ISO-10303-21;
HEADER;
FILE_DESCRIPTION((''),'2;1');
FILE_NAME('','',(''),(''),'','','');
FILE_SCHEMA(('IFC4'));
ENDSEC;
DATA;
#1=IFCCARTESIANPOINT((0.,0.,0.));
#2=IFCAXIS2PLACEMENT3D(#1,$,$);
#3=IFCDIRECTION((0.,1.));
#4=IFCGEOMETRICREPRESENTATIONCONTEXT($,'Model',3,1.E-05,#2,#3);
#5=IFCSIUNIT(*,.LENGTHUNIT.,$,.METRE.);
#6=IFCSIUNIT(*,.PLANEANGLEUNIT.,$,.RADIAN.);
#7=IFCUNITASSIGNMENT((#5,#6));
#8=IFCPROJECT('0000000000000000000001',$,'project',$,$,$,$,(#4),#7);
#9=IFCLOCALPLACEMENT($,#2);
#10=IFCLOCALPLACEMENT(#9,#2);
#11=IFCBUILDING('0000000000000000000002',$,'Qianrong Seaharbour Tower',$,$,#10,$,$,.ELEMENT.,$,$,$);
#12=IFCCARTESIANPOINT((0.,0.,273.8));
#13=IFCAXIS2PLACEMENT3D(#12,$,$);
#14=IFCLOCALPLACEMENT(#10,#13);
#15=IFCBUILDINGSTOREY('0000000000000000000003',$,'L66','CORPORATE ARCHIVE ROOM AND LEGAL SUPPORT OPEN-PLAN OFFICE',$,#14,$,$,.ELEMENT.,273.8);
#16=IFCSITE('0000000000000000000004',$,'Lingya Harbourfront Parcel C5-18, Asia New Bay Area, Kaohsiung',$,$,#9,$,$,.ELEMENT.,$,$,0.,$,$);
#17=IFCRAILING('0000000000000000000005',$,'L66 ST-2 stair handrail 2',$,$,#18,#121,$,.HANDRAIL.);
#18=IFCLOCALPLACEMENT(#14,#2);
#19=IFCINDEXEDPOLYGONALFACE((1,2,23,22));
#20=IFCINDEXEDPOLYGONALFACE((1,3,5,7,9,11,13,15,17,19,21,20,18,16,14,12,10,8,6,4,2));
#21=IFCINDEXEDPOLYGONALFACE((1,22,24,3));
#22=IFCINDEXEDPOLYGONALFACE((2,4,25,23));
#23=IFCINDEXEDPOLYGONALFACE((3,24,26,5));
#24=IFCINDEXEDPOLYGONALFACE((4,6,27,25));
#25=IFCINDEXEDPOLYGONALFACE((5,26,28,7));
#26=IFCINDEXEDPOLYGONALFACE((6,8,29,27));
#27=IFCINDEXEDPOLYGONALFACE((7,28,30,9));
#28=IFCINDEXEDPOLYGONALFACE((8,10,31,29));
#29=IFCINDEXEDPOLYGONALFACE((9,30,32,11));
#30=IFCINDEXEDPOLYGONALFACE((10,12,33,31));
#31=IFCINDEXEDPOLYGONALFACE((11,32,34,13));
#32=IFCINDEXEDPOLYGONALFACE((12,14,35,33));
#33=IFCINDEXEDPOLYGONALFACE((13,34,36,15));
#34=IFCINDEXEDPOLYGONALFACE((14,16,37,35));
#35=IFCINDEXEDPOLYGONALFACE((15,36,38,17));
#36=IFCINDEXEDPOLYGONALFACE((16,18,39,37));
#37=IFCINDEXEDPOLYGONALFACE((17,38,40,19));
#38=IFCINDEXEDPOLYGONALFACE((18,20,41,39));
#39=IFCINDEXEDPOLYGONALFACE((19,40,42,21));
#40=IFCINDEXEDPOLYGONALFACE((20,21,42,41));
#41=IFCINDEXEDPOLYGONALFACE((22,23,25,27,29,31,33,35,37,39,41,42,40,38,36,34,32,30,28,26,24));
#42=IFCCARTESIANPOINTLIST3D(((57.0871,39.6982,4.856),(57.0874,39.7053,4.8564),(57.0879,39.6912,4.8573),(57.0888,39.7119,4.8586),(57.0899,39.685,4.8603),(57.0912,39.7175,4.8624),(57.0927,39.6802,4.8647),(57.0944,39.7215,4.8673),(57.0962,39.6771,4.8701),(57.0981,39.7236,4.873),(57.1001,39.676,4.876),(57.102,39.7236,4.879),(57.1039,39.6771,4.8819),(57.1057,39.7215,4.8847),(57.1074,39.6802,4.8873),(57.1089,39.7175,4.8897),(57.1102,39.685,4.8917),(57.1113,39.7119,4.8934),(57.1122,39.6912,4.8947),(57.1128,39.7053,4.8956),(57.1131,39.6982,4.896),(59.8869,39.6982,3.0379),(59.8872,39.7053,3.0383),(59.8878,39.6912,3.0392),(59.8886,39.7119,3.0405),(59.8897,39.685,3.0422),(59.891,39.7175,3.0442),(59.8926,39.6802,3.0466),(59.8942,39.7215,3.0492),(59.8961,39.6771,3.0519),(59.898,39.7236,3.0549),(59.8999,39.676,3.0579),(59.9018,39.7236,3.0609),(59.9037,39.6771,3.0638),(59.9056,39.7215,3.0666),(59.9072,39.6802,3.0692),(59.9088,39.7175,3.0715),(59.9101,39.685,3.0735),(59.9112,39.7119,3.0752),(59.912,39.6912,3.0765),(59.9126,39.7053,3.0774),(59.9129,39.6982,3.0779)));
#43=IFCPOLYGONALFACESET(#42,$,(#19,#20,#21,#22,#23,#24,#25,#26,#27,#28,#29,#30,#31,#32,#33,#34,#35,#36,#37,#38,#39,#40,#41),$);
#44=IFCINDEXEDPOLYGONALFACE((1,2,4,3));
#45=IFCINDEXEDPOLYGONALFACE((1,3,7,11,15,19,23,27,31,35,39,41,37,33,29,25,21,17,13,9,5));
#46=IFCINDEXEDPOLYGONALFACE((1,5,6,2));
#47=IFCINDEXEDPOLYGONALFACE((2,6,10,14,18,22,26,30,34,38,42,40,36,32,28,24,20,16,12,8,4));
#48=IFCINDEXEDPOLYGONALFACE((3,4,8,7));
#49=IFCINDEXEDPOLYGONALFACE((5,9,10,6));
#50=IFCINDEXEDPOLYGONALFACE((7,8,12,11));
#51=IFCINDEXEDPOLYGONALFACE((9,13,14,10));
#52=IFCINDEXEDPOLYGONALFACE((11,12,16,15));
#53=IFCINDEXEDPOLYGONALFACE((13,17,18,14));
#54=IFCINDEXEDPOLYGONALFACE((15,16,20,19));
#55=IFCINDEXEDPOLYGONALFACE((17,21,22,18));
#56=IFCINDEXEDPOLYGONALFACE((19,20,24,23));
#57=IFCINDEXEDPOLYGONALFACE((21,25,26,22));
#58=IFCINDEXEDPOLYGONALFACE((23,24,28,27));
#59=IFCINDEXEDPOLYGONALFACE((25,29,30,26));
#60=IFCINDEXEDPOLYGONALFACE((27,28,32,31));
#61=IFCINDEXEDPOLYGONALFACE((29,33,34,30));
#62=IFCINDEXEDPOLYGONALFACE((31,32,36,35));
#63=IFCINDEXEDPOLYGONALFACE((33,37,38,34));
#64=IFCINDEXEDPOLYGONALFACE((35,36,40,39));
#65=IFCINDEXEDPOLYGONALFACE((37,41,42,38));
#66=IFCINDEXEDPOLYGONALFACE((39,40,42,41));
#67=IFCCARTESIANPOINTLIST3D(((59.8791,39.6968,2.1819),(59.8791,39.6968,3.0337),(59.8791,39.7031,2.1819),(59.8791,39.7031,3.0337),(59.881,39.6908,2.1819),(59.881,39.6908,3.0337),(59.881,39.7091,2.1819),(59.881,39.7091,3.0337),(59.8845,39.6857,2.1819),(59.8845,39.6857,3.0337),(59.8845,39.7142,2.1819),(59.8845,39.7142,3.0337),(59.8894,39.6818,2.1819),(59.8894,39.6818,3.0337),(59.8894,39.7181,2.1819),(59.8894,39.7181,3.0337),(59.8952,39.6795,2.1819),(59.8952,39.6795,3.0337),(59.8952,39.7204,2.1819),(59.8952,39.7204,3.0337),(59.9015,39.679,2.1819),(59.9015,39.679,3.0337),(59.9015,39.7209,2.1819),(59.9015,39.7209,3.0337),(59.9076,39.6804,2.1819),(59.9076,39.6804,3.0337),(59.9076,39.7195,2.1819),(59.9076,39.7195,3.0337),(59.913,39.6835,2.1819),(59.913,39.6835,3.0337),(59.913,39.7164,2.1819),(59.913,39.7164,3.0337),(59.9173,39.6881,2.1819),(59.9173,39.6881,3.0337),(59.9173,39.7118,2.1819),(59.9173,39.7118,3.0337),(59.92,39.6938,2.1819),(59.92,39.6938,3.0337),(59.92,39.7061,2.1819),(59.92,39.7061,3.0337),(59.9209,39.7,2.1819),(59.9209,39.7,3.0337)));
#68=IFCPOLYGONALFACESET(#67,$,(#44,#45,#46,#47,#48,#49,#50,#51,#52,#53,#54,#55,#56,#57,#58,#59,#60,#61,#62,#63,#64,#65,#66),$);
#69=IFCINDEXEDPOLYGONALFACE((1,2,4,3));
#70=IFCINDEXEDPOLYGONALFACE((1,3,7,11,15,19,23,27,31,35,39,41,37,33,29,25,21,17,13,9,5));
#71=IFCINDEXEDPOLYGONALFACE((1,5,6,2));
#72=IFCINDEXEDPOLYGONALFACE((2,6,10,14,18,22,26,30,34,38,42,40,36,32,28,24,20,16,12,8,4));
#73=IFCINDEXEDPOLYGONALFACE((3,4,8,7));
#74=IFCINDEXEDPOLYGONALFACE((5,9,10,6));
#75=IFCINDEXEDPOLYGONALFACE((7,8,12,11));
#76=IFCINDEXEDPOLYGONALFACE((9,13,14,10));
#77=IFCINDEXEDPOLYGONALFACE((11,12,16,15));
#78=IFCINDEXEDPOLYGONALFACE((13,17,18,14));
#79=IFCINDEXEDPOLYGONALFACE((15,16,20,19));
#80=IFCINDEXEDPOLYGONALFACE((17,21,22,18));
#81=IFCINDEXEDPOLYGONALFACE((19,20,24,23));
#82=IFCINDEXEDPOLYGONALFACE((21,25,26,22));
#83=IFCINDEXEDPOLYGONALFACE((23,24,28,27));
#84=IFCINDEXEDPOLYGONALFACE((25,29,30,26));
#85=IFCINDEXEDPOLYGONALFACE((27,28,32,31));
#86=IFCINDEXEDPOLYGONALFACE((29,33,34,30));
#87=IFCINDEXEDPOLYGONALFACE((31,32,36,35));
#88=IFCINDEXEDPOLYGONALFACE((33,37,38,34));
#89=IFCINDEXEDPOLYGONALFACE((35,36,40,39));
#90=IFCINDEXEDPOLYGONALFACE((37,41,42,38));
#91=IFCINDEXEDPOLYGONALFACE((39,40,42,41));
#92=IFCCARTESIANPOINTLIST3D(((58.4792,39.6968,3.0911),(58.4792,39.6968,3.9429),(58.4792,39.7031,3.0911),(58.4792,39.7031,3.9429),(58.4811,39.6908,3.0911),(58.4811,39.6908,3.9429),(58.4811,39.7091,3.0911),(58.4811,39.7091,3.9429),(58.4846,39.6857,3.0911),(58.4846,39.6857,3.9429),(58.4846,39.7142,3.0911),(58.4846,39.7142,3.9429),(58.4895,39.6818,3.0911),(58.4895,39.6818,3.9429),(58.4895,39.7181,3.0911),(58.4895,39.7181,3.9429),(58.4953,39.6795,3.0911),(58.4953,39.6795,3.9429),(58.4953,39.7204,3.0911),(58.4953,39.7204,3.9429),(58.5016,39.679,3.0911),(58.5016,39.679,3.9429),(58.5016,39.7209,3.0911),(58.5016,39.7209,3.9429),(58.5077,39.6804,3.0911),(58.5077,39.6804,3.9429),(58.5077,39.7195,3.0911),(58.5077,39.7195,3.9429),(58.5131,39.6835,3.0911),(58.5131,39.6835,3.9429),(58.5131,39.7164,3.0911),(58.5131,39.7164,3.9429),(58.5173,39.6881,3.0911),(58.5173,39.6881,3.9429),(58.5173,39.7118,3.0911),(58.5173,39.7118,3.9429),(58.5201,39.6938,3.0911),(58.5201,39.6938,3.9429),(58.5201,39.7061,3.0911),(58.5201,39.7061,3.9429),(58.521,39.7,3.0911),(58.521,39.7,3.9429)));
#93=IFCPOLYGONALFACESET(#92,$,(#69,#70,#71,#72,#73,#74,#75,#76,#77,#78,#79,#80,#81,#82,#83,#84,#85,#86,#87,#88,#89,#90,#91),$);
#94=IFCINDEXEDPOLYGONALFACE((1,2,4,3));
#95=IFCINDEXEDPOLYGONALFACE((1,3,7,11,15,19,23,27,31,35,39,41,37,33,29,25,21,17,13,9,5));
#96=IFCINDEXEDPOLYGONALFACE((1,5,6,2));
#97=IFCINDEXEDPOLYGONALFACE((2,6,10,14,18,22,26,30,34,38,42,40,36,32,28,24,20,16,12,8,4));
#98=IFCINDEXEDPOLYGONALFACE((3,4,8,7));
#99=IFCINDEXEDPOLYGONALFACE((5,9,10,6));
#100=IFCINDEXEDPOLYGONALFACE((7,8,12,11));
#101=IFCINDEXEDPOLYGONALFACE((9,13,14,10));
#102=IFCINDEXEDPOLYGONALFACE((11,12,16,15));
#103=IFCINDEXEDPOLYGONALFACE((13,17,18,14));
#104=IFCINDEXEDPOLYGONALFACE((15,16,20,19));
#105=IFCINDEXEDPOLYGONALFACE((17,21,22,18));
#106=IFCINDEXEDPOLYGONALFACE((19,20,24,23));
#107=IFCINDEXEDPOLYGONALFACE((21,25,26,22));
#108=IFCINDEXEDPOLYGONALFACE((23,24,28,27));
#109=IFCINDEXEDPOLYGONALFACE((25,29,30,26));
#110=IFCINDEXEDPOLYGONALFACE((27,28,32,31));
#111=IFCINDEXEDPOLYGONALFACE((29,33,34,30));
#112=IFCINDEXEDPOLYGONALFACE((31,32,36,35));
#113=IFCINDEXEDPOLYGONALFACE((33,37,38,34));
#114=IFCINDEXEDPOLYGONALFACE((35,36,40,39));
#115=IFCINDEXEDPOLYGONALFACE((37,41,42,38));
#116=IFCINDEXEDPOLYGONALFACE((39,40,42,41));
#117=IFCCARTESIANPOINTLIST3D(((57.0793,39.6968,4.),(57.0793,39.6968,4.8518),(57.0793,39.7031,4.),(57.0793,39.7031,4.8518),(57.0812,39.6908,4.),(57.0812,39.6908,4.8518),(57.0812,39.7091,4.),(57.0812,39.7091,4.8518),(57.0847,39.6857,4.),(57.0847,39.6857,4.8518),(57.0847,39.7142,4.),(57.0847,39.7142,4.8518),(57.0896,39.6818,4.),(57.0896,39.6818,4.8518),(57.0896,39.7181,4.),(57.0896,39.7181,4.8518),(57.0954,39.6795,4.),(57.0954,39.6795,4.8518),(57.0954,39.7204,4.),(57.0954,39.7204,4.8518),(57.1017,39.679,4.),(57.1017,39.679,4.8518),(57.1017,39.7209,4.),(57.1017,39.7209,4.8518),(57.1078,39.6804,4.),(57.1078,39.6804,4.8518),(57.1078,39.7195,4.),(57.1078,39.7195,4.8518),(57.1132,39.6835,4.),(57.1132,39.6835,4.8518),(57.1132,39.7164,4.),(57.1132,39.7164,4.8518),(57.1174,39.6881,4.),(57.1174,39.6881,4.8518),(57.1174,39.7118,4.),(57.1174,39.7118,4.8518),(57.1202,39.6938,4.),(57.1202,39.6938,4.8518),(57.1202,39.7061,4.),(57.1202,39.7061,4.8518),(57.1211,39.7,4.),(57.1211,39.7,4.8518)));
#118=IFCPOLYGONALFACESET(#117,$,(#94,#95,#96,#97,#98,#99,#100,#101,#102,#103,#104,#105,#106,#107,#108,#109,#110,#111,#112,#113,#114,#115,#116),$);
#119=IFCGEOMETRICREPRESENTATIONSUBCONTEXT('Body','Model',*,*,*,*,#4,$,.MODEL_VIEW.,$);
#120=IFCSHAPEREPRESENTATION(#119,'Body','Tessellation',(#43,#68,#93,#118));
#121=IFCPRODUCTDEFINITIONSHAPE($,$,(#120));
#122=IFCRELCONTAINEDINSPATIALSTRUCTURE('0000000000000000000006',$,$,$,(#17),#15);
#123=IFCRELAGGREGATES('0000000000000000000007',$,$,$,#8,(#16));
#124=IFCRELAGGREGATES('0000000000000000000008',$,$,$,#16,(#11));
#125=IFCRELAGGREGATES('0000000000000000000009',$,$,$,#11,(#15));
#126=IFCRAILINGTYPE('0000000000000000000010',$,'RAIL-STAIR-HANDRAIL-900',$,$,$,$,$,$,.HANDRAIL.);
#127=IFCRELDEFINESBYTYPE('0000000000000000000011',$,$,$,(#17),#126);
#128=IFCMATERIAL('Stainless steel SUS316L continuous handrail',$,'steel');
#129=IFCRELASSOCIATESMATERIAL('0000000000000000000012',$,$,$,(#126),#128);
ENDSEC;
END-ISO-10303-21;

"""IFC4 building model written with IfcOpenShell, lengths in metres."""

from ifc_helpers import new_model, si_unit, direction, frame, origin, origin_2d, place, context, subcontext, project, spatial, circle, extrude, material, type_object, element, save


model = new_model("IFC4")

# Units and contexts
model_context = context("Model", 3, precision=1e-05, world=origin(), true_north=direction((0.0, 1.0)))
body_context = subcontext(model_context, "Body", "Model", "MODEL_VIEW")
ifc_project = project(units=[si_unit("LENGTHUNIT", "METRE"), si_unit("PLANEANGLEUNIT", "RADIAN")], contexts=[model_context])

# Site, building, storey
site_placement = place(None, origin())
site = spatial("IfcSite", under=ifc_project, at=site_placement, Name="Lingya Harbourfront Parcel C5-18, Asia New Bay Area, Kaohsiung", CompositionType="ELEMENT", RefElevation=0.0)
building_placement = place(site_placement, origin())
building = spatial("IfcBuilding", under=site, at=building_placement, Name="Qianrong Seaharbour Tower", CompositionType="ELEMENT")
storey_placement = place(building_placement, frame((0.0, 0.0, 273.8)))
storey = spatial("IfcBuildingStorey", under=building, at=storey_placement, Name="L66", Description="CORPORATE ARCHIVE ROOM AND LEGAL SUPPORT OPEN-PLAN OFFICE", CompositionType="ELEMENT", Elevation=273.8)

# Railing
ifc_material_1 = material(Name="Stainless steel SUS316L continuous handrail", Category="steel")
railing_type_1 = type_object("IfcRailingType", Name="RAIL-STAIR-HANDRAIL-900", PredefinedType="HANDRAIL", material=ifc_material_1)
railing_1_placement = place(storey_placement, frame((59.8999, 39.7, 2.1819)))
element("IfcRailing", 1, at=railing_1_placement, inside=storey, type_object=railing_type_1, Name="L66 ST-2 stair handrail 2", PredefinedType="HANDRAIL", context=body_context, shape_type="SweptSolid", body=[
    extrude(circle(Radius=0.0239, at=origin_2d()), frame((0.0, 0.0, 0.876), z_axis=(-0.838684, 0.0, 0.544618), x_axis=(0.0, -1.0, 0.0)), (0.0, 0.0, 1.0), 3.3384),
    extrude(circle(Radius=0.021, at=origin_2d()), origin(), (0.0, 0.0, 1.0), 0.8518),
    extrude(circle(Radius=0.021, at=origin_2d()), frame((-1.3999, 0.0, 0.9092)), (0.0, 0.0, 1.0), 0.8518),
    extrude(circle(Radius=0.021, at=origin_2d()), frame((-2.7998, 0.0, 1.8181)), (0.0, 0.0, 1.0), 0.8518),
])

save(model, "model.ifc")
